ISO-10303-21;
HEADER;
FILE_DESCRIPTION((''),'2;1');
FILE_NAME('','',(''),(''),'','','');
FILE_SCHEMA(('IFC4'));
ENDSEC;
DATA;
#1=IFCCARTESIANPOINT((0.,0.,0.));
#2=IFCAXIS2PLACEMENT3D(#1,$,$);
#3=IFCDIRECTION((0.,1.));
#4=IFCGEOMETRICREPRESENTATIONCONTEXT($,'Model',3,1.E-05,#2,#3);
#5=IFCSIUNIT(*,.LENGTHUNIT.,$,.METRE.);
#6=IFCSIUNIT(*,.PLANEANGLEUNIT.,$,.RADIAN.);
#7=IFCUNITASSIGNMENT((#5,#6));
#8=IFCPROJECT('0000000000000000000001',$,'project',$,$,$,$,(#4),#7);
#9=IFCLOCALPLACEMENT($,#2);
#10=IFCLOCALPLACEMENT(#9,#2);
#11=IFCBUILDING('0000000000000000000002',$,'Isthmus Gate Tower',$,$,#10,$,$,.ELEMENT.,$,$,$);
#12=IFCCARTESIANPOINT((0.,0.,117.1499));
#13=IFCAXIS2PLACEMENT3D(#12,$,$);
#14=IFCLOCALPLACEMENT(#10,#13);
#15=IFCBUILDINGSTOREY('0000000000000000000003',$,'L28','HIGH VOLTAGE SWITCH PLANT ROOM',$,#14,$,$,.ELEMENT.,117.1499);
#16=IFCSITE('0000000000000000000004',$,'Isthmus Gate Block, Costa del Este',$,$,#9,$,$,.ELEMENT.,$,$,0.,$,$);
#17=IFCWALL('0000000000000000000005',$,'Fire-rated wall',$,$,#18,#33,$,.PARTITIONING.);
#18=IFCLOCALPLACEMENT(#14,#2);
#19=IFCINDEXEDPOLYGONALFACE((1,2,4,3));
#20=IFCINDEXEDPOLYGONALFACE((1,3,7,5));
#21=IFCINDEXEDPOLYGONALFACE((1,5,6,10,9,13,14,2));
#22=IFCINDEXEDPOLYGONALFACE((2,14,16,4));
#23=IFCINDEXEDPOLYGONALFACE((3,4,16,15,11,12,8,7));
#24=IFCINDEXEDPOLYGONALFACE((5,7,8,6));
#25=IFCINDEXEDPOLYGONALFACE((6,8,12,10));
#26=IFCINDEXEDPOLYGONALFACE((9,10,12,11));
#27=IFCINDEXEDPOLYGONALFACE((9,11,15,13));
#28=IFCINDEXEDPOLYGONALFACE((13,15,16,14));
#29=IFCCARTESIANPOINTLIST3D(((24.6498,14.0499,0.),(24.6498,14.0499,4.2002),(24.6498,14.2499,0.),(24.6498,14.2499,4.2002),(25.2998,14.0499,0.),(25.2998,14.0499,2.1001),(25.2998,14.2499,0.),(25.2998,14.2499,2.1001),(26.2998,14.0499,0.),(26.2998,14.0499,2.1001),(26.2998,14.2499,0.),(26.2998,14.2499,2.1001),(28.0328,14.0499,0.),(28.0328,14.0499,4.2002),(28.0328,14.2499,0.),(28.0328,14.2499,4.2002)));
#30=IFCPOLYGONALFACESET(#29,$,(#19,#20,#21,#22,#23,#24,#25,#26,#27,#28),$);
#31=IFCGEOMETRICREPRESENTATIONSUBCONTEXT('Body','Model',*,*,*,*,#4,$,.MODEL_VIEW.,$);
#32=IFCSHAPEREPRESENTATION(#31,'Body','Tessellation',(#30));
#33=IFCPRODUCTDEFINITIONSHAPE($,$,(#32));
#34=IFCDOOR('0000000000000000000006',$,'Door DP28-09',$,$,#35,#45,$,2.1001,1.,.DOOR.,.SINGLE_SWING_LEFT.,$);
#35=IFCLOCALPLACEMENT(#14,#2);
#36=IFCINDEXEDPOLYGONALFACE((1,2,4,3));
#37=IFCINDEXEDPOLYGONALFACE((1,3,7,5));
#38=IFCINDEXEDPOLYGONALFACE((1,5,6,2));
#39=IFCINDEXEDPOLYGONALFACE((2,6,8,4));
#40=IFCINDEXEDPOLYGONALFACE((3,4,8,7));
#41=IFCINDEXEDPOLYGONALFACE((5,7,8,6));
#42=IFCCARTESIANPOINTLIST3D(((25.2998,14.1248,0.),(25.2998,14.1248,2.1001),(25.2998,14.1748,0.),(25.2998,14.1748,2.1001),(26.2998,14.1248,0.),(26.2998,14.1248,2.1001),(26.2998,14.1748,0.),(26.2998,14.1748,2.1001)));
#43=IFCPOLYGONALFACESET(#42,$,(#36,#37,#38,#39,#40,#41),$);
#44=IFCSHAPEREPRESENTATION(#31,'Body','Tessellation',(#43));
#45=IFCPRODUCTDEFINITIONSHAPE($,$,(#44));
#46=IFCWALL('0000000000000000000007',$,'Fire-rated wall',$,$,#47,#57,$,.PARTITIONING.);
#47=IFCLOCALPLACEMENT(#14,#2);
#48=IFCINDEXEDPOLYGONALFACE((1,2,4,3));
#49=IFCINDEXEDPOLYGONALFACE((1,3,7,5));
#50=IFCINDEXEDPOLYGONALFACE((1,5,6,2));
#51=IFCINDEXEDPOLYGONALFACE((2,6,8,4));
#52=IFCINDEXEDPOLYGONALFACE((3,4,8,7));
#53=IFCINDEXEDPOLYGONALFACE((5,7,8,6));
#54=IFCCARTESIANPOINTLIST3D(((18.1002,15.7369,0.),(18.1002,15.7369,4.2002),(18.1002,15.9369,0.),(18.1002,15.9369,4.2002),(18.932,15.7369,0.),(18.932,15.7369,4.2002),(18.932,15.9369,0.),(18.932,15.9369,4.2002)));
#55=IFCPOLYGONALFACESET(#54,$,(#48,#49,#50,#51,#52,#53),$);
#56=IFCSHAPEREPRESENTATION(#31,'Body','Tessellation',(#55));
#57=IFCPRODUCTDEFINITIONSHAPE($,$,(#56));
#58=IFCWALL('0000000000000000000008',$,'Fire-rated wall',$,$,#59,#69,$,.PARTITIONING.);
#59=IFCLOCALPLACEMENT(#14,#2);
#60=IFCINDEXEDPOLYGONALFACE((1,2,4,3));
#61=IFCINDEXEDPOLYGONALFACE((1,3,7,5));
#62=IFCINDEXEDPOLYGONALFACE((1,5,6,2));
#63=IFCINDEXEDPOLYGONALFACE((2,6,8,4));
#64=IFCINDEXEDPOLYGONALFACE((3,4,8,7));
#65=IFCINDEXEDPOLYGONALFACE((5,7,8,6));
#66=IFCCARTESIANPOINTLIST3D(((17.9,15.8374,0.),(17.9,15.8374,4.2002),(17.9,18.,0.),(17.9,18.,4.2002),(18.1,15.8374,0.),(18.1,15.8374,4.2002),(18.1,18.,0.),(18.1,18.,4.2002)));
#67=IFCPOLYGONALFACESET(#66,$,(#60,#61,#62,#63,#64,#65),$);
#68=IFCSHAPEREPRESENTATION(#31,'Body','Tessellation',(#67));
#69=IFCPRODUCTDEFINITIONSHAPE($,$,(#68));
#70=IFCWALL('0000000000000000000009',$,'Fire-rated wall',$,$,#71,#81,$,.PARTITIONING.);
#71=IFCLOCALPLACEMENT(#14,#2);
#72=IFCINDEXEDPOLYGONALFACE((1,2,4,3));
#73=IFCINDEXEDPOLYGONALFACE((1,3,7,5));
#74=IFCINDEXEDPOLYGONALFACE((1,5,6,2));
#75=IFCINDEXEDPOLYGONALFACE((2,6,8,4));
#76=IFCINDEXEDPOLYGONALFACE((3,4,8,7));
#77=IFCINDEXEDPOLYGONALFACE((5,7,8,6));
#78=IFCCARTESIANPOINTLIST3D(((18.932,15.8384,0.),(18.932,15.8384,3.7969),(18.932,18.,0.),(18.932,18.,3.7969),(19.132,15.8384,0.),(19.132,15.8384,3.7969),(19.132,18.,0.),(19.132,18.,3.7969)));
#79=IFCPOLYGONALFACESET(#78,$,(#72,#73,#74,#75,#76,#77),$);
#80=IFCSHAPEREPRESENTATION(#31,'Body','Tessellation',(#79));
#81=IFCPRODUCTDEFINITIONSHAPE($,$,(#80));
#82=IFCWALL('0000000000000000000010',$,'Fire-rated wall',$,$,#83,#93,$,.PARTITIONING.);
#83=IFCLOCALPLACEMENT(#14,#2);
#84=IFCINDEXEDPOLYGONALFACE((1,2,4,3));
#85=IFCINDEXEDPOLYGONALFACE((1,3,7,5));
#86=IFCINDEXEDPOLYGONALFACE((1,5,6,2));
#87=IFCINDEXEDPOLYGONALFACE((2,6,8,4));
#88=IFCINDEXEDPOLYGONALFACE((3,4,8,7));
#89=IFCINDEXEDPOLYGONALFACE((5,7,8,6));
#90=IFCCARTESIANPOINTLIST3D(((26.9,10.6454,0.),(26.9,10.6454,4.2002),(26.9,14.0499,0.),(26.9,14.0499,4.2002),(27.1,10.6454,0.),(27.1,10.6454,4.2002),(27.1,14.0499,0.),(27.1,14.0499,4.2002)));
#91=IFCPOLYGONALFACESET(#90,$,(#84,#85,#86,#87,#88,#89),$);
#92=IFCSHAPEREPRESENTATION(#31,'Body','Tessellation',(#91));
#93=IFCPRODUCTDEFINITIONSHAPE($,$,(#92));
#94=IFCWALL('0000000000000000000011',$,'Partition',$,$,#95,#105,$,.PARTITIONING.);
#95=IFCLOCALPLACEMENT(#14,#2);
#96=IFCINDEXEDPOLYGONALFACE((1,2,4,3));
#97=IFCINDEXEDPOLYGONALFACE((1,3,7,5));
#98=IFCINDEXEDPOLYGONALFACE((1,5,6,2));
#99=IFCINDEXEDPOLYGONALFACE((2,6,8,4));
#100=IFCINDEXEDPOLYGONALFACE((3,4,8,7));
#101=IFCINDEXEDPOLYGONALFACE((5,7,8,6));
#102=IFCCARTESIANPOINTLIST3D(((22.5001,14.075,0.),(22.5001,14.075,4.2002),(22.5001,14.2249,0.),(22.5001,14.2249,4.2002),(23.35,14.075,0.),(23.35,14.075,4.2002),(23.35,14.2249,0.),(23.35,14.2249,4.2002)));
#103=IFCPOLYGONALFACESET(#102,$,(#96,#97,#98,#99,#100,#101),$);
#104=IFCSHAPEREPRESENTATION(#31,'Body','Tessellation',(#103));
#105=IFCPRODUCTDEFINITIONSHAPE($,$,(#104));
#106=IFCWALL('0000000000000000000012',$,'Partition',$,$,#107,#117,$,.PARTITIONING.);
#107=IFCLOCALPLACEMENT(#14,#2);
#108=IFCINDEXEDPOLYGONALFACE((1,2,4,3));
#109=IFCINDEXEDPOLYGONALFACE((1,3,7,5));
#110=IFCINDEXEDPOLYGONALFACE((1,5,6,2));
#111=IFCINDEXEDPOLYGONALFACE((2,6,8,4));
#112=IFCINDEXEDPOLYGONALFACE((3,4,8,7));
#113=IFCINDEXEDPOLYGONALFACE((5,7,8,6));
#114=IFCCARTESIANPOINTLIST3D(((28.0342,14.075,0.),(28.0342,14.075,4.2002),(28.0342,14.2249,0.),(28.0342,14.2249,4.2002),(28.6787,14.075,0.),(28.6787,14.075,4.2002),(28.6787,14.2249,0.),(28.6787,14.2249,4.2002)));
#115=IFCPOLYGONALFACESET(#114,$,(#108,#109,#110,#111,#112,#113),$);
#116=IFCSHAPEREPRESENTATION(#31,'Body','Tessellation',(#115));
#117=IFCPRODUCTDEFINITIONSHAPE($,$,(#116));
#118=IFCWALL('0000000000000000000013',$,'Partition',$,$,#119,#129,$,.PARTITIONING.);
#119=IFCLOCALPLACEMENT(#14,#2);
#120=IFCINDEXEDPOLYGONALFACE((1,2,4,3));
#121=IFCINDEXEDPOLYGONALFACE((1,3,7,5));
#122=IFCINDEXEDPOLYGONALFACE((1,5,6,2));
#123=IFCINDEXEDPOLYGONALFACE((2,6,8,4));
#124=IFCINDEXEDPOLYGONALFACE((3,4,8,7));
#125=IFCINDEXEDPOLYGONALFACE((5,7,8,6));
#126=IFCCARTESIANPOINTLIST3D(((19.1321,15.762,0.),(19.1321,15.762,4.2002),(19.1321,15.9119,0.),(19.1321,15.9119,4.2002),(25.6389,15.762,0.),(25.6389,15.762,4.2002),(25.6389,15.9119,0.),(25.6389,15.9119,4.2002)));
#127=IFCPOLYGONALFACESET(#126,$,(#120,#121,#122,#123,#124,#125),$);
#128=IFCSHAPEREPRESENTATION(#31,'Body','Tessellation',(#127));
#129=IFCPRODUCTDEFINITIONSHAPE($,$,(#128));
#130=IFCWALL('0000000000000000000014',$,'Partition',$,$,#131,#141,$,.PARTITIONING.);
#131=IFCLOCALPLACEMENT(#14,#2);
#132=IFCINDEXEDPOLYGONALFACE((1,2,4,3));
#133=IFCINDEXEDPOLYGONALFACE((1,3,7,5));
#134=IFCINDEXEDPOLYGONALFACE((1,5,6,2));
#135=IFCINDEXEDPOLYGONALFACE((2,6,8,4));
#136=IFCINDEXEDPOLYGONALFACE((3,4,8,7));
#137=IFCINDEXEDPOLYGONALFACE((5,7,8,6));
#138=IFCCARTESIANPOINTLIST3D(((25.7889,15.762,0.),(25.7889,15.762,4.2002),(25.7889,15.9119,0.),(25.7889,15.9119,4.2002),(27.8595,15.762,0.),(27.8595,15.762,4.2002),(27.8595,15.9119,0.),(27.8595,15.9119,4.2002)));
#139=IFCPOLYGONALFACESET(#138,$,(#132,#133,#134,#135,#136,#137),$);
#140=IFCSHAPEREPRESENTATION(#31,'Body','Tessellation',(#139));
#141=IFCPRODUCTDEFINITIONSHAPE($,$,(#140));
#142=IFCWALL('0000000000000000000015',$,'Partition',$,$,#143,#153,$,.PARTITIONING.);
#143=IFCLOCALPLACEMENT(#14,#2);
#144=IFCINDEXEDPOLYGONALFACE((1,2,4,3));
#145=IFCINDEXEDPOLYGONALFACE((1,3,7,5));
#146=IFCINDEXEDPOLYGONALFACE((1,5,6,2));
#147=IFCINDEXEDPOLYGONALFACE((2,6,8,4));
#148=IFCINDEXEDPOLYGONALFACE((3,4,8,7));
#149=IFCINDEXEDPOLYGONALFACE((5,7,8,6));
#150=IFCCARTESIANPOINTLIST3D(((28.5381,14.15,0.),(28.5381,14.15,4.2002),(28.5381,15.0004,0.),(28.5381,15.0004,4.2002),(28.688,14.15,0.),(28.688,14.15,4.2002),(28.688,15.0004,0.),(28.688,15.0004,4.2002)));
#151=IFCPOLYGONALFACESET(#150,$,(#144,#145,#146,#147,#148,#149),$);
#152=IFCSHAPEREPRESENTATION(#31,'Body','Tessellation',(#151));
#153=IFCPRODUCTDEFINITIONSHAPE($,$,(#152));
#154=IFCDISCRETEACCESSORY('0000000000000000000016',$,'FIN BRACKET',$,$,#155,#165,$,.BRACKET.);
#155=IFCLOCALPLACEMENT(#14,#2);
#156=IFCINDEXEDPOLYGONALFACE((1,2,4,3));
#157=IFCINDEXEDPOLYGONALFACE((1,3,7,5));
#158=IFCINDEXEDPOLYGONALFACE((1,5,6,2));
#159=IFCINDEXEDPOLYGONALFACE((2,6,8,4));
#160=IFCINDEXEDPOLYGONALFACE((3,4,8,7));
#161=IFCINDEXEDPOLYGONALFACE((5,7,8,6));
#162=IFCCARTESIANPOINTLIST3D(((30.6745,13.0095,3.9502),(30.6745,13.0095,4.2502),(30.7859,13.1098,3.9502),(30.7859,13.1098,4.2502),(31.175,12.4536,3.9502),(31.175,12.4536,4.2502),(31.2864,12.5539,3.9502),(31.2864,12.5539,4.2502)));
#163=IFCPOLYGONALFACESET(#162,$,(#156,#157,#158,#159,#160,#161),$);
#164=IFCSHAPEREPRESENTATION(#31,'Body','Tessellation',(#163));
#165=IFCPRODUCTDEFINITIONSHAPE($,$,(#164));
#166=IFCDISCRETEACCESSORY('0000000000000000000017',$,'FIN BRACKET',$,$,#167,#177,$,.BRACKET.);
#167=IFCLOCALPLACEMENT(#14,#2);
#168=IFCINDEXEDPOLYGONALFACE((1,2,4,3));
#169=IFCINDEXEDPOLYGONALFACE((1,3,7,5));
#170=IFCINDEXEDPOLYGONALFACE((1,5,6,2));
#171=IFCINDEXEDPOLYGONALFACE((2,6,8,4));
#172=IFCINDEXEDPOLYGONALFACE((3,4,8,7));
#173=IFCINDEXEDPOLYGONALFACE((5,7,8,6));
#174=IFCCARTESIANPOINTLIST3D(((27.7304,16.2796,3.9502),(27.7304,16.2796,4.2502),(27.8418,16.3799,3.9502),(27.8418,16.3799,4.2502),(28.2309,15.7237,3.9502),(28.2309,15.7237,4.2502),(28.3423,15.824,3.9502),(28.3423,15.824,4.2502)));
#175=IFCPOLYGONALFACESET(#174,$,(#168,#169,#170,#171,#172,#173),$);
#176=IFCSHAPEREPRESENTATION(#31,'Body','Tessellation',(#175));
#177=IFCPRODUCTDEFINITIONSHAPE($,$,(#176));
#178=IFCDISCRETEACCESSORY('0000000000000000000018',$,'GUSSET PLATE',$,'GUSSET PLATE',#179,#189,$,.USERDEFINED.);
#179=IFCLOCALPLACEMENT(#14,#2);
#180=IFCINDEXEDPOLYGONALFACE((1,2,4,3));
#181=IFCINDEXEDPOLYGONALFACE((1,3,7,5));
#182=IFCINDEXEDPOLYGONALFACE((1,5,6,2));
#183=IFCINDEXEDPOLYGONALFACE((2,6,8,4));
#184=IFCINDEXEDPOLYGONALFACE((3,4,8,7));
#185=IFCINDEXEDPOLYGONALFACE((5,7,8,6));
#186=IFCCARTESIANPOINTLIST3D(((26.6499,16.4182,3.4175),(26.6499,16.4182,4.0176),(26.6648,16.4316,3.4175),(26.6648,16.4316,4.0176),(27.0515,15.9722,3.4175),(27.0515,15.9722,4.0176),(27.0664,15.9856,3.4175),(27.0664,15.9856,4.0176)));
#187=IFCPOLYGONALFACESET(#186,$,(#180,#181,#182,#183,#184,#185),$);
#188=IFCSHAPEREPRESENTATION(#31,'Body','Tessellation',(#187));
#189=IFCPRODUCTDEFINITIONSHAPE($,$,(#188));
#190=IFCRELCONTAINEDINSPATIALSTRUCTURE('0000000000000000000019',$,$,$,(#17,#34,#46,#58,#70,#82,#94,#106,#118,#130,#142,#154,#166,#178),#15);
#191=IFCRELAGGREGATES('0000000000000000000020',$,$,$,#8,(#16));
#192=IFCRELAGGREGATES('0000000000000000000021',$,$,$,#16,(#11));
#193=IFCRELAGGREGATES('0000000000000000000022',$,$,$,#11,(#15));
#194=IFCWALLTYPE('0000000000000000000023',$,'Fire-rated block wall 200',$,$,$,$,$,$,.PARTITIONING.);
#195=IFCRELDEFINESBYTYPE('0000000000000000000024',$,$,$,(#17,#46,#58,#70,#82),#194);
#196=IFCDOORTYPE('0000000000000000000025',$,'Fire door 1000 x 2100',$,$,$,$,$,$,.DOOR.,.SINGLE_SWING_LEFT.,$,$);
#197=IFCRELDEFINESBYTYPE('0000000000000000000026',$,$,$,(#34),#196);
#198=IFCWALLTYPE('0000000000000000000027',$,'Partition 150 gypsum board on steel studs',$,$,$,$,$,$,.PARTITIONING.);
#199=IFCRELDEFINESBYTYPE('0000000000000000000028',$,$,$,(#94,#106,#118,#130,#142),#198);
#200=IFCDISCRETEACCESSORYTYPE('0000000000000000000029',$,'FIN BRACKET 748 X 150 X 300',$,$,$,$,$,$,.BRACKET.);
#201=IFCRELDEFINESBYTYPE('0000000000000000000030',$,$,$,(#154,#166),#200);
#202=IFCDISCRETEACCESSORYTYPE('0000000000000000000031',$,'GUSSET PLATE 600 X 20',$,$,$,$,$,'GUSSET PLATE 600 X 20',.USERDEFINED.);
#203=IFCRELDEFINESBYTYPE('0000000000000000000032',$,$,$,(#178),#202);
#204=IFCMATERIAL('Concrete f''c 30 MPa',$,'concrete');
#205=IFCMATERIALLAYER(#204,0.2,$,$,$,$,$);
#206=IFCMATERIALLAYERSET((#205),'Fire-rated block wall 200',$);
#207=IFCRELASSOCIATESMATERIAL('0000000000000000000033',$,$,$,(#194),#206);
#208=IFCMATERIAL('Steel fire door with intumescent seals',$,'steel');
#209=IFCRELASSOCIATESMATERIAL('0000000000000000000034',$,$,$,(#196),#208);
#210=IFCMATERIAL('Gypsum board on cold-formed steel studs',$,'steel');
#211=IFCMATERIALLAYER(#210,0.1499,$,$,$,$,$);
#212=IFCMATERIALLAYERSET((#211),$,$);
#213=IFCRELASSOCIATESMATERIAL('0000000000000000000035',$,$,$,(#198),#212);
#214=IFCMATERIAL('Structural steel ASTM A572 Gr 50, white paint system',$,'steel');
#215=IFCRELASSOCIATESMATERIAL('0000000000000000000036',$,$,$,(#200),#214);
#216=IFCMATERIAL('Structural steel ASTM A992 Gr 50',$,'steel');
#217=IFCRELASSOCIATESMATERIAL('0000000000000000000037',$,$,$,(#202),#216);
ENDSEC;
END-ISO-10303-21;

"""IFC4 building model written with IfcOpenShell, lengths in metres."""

from ifc_helpers import new_model, si_unit, direction, frame, frame_2d, origin, origin_2d, place, context, subcontext, project, spatial, rectangle, extrude, material, layer, layer_set, type_object, element, fill, save


model = new_model("IFC4")

# Units and contexts
model_context = context("Model", 3, precision=1e-05, world=origin(), true_north=direction((0.0, 1.0)))
body_context = subcontext(model_context, "Body", "Model", "MODEL_VIEW")
ifc_project = project(units=[si_unit("LENGTHUNIT", "METRE"), si_unit("PLANEANGLEUNIT", "RADIAN")], contexts=[model_context])

# Site, building, storey
site_placement = place(None, origin())
site = spatial("IfcSite", under=ifc_project, at=site_placement, Name="Isthmus Gate Block, Costa del Este", CompositionType="ELEMENT", RefElevation=0.0)
building_placement = place(site_placement, origin())
building = spatial("IfcBuilding", under=site, at=building_placement, Name="Isthmus Gate Tower", CompositionType="ELEMENT")
storey_placement = place(building_placement, frame((0.0, 0.0, 117.1499)))
storey = spatial("IfcBuildingStorey", under=building, at=storey_placement, Name="L28", Description="HIGH VOLTAGE SWITCH PLANT ROOM", CompositionType="ELEMENT", Elevation=117.1499)

# Shared definitions
ifc_material_1 = material(Name="Concrete f'c 30 MPa", Category="concrete")
ifc_layer_1 = layer(ifc_material_1, 0.2)
ifc_layer_set_1 = layer_set([ifc_layer_1], Name="Fire-rated block wall 200")
wall_type_1 = type_object("IfcWallType", Name="Fire-rated block wall 200", PredefinedType="PARTITIONING", material=ifc_layer_set_1)

# Wall, opening, door
wall_1_placement = place(storey_placement, frame((24.6499, 14.1499, 0.0), z_axis=(0.0, 0.0, 1.0), x_axis=(1.0, 0.0, 0.0)))
wall_1 = element("IfcWall", 1, at=wall_1_placement, inside=storey, type_object=wall_type_1, Name="Fire-rated wall", PredefinedType="PARTITIONING", context=body_context, shape_type="SweptSolid", body=[
    extrude(rectangle(XDim=3.3831, YDim=0.2, at=frame_2d((1.6914, 0.0))), origin(), (0.0, 0.0, 1.0), 4.2002),
])
opening_placement = place(wall_1_placement, frame((0.6499, 0.0, 0.0)))
opening = element("IfcOpeningElement", 2, at=opening_placement, cuts=wall_1, PredefinedType="OPENING", context=body_context, shape_type="SweptSolid", body=[
    extrude(rectangle(XDim=1.0, YDim=2.1001, at=frame_2d((0.5, 1.05))), frame((0.0, 0.1099, 0.0), z_axis=(0.0, -1.0, 0.0), x_axis=(1.0, 0.0, 0.0)), (0.0, 0.0, 1.0), 0.22),
])
ifc_material_2 = material(Name="Steel fire door with intumescent seals", Category="steel")
door_type = type_object("IfcDoorType", Name="Fire door 1000 x 2100", OperationType="SINGLE_SWING_LEFT", PredefinedType="DOOR", material=ifc_material_2)
door_placement = place(opening_placement, origin())
door = element("IfcDoor", 3, at=door_placement, inside=storey, type_object=door_type, Name="Door DP28-09", OperationType="SINGLE_SWING_LEFT", OverallHeight=2.1001, OverallWidth=1.0, PredefinedType="DOOR", context=body_context, shape_type="SweptSolid", body=[
    extrude(rectangle(XDim=1.0, YDim=2.1001, at=frame_2d((0.5, 1.05))), frame((0.0, 0.0249, 0.0), z_axis=(0.0, -1.0, 0.0), x_axis=(1.0, 0.0, 0.0)), (0.0, 0.0, 1.0), 0.05),
])
fill(opening, door)

# Walls
wall_2_placement = place(storey_placement, frame((18.1001, 15.8369, 0.0), z_axis=(0.0, 0.0, 1.0), x_axis=(1.0, 0.0, 0.0)))
element("IfcWall", 4, at=wall_2_placement, inside=storey, type_object=wall_type_1, Name="Fire-rated wall", PredefinedType="PARTITIONING", context=body_context, shape_type="SweptSolid", body=[
    extrude(rectangle(XDim=0.8318, YDim=0.2, at=frame_2d((0.416, 0.0))), origin(), (0.0, 0.0, 1.0), 4.2002),
])
wall_3_placement = place(storey_placement, frame((18.0, 15.8374, 0.0), z_axis=(0.0, 0.0, 1.0), x_axis=(0.0, 1.0, 0.0)))
element("IfcWall", 5, at=wall_3_placement, inside=storey, type_object=wall_type_1, Name="Fire-rated wall", PredefinedType="PARTITIONING", context=body_context, shape_type="SweptSolid", body=[
    extrude(rectangle(XDim=2.1626, YDim=0.2, at=frame_2d((1.0813, 0.0))), origin(), (0.0, 0.0, 1.0), 4.2002),
])
wall_4_placement = place(storey_placement, frame((19.032, 15.8384, 0.0), z_axis=(0.0, 0.0, 1.0), x_axis=(0.0, 1.0, 0.0)))
element("IfcWall", 6, at=wall_4_placement, inside=storey, type_object=wall_type_1, Name="Fire-rated wall", PredefinedType="PARTITIONING", context=body_context, shape_type="SweptSolid", body=[
    extrude(rectangle(XDim=2.1616, YDim=0.2, at=frame_2d((1.0808, 0.0))), origin(), (0.0, 0.0, 1.0), 3.7969),
])
wall_5_placement = place(storey_placement, frame((27.0, 10.6455, 0.0), z_axis=(0.0, 0.0, 1.0), x_axis=(0.0, 1.0, 0.0)))
element("IfcWall", 7, at=wall_5_placement, inside=storey, type_object=wall_type_1, Name="Fire-rated wall", PredefinedType="PARTITIONING", context=body_context, shape_type="SweptSolid", body=[
    extrude(rectangle(XDim=3.4045, YDim=0.2, at=frame_2d((1.7021, 0.0))), origin(), (0.0, 0.0, 1.0), 4.2002),
])
ifc_material_3 = material(Name="Gypsum board on cold-formed steel studs", Category="steel")
ifc_layer_2 = layer(ifc_material_3, 0.1499)
ifc_layer_set_2 = layer_set([ifc_layer_2])
wall_type_2 = type_object("IfcWallType", Name="Partition 150 gypsum board on steel studs", PredefinedType="PARTITIONING", material=ifc_layer_set_2)
wall_6_placement = place(storey_placement, frame((22.5002, 14.1499, 0.0), z_axis=(0.0, 0.0, 1.0), x_axis=(1.0, 0.0, 0.0)))
element("IfcWall", 8, at=wall_6_placement, inside=storey, type_object=wall_type_2, Name="Partition", PredefinedType="PARTITIONING", context=body_context, shape_type="SweptSolid", body=[
    extrude(rectangle(XDim=0.8499, YDim=0.1499, at=frame_2d((0.4248, 0.0))), origin(), (0.0, 0.0, 1.0), 4.2002),
])
wall_7_placement = place(storey_placement, frame((28.0342, 14.1499, 0.0), z_axis=(0.0, 0.0, 1.0), x_axis=(1.0, 0.0, 0.0)))
element("IfcWall", 9, at=wall_7_placement, inside=storey, type_object=wall_type_2, Name="Partition", PredefinedType="PARTITIONING", context=body_context, shape_type="SweptSolid", body=[
    extrude(rectangle(XDim=0.6445, YDim=0.1499, at=frame_2d((0.3223, 0.0))), origin(), (0.0, 0.0, 1.0), 4.2002),
])
wall_8_placement = place(storey_placement, frame((19.1321, 15.8369, 0.0), z_axis=(0.0, 0.0, 1.0), x_axis=(1.0, 0.0, 0.0)))
element("IfcWall", 10, at=wall_8_placement, inside=storey, type_object=wall_type_2, Name="Partition", PredefinedType="PARTITIONING", context=body_context, shape_type="SweptSolid", body=[
    extrude(rectangle(XDim=6.5068, YDim=0.1499, at=frame_2d((3.2534, 0.0))), origin(), (0.0, 0.0, 1.0), 4.2002),
])
wall_9_placement = place(storey_placement, frame((25.7891, 15.8369, 0.0), z_axis=(0.0, 0.0, 1.0), x_axis=(1.0, 0.0, 0.0)))
element("IfcWall", 11, at=wall_9_placement, inside=storey, type_object=wall_type_2, Name="Partition", PredefinedType="PARTITIONING", context=body_context, shape_type="SweptSolid", body=[
    extrude(rectangle(XDim=2.0706, YDim=0.1499, at=frame_2d((1.0352, 0.0))), origin(), (0.0, 0.0, 1.0), 4.2002),
])
wall_10_placement = place(storey_placement, frame((28.613, 14.1499, 0.0), z_axis=(0.0, 0.0, 1.0), x_axis=(0.0, 1.0, 0.0)))
element("IfcWall", 12, at=wall_10_placement, inside=storey, type_object=wall_type_2, Name="Partition", PredefinedType="PARTITIONING", context=body_context, shape_type="SweptSolid", body=[
    extrude(rectangle(XDim=0.8503, YDim=0.1499, at=frame_2d((0.4253, 0.0))), origin(), (0.0, 0.0, 1.0), 4.2002),
])

# Discrete accessories
ifc_material_4 = material(Name="Structural steel ASTM A572 Gr 50, white paint system", Category="steel")
discrete_accessory_type_1 = type_object("IfcDiscreteAccessoryType", Name="FIN BRACKET 748 X 150 X 300", PredefinedType="BRACKET", material=ifc_material_4)
for number, where, z_axis, x_axis, name in (
    (13, (30.9805, 12.7817, 3.9502), (0.0, 0.0, 1.0), (0.743145, 0.669131, 0.0), "FIN BRACKET"),
    (14, (28.0364, 16.0518, 3.9502), (0.0, 0.0, 1.0), (0.743145, 0.669131, 0.0), "FIN BRACKET"),
):
    element("IfcDiscreteAccessory", number, at=place(storey_placement, frame(where, z_axis=z_axis, x_axis=x_axis)), inside=storey, type_object=discrete_accessory_type_1, Name=name, PredefinedType="BRACKET", context=body_context, shape_type="SweptSolid", body=[
        extrude(rectangle(XDim=0.1499, YDim=0.748, at=origin_2d()), origin(), (0.0, 0.0, 1.0), 0.3),
    ])
ifc_material_5 = material(Name="Structural steel ASTM A992 Gr 50", Category="steel")
discrete_accessory_type_2 = type_object("IfcDiscreteAccessoryType", Name="GUSSET PLATE 600 X 20", ElementType="GUSSET PLATE 600 X 20", PredefinedType="USERDEFINED", material=ifc_material_5)
for number, where, z_axis, x_axis, name in (
    (15, (26.8582, 16.2019, 3.4175), (0.0, 0.0, 1.0), (0.669131, -0.743145, 0.0), "GUSSET PLATE"),
):
    element("IfcDiscreteAccessory", number, at=place(storey_placement, frame(where, z_axis=z_axis, x_axis=x_axis)), inside=storey, type_object=discrete_accessory_type_2, Name=name, ObjectType="GUSSET PLATE", PredefinedType="USERDEFINED", context=body_context, shape_type="SweptSolid", body=[
        extrude(rectangle(XDim=0.6001, YDim=0.02, at=origin_2d()), origin(), (0.0, 0.0, 1.0), 0.6001),
    ])

save(model, "model.ifc")
